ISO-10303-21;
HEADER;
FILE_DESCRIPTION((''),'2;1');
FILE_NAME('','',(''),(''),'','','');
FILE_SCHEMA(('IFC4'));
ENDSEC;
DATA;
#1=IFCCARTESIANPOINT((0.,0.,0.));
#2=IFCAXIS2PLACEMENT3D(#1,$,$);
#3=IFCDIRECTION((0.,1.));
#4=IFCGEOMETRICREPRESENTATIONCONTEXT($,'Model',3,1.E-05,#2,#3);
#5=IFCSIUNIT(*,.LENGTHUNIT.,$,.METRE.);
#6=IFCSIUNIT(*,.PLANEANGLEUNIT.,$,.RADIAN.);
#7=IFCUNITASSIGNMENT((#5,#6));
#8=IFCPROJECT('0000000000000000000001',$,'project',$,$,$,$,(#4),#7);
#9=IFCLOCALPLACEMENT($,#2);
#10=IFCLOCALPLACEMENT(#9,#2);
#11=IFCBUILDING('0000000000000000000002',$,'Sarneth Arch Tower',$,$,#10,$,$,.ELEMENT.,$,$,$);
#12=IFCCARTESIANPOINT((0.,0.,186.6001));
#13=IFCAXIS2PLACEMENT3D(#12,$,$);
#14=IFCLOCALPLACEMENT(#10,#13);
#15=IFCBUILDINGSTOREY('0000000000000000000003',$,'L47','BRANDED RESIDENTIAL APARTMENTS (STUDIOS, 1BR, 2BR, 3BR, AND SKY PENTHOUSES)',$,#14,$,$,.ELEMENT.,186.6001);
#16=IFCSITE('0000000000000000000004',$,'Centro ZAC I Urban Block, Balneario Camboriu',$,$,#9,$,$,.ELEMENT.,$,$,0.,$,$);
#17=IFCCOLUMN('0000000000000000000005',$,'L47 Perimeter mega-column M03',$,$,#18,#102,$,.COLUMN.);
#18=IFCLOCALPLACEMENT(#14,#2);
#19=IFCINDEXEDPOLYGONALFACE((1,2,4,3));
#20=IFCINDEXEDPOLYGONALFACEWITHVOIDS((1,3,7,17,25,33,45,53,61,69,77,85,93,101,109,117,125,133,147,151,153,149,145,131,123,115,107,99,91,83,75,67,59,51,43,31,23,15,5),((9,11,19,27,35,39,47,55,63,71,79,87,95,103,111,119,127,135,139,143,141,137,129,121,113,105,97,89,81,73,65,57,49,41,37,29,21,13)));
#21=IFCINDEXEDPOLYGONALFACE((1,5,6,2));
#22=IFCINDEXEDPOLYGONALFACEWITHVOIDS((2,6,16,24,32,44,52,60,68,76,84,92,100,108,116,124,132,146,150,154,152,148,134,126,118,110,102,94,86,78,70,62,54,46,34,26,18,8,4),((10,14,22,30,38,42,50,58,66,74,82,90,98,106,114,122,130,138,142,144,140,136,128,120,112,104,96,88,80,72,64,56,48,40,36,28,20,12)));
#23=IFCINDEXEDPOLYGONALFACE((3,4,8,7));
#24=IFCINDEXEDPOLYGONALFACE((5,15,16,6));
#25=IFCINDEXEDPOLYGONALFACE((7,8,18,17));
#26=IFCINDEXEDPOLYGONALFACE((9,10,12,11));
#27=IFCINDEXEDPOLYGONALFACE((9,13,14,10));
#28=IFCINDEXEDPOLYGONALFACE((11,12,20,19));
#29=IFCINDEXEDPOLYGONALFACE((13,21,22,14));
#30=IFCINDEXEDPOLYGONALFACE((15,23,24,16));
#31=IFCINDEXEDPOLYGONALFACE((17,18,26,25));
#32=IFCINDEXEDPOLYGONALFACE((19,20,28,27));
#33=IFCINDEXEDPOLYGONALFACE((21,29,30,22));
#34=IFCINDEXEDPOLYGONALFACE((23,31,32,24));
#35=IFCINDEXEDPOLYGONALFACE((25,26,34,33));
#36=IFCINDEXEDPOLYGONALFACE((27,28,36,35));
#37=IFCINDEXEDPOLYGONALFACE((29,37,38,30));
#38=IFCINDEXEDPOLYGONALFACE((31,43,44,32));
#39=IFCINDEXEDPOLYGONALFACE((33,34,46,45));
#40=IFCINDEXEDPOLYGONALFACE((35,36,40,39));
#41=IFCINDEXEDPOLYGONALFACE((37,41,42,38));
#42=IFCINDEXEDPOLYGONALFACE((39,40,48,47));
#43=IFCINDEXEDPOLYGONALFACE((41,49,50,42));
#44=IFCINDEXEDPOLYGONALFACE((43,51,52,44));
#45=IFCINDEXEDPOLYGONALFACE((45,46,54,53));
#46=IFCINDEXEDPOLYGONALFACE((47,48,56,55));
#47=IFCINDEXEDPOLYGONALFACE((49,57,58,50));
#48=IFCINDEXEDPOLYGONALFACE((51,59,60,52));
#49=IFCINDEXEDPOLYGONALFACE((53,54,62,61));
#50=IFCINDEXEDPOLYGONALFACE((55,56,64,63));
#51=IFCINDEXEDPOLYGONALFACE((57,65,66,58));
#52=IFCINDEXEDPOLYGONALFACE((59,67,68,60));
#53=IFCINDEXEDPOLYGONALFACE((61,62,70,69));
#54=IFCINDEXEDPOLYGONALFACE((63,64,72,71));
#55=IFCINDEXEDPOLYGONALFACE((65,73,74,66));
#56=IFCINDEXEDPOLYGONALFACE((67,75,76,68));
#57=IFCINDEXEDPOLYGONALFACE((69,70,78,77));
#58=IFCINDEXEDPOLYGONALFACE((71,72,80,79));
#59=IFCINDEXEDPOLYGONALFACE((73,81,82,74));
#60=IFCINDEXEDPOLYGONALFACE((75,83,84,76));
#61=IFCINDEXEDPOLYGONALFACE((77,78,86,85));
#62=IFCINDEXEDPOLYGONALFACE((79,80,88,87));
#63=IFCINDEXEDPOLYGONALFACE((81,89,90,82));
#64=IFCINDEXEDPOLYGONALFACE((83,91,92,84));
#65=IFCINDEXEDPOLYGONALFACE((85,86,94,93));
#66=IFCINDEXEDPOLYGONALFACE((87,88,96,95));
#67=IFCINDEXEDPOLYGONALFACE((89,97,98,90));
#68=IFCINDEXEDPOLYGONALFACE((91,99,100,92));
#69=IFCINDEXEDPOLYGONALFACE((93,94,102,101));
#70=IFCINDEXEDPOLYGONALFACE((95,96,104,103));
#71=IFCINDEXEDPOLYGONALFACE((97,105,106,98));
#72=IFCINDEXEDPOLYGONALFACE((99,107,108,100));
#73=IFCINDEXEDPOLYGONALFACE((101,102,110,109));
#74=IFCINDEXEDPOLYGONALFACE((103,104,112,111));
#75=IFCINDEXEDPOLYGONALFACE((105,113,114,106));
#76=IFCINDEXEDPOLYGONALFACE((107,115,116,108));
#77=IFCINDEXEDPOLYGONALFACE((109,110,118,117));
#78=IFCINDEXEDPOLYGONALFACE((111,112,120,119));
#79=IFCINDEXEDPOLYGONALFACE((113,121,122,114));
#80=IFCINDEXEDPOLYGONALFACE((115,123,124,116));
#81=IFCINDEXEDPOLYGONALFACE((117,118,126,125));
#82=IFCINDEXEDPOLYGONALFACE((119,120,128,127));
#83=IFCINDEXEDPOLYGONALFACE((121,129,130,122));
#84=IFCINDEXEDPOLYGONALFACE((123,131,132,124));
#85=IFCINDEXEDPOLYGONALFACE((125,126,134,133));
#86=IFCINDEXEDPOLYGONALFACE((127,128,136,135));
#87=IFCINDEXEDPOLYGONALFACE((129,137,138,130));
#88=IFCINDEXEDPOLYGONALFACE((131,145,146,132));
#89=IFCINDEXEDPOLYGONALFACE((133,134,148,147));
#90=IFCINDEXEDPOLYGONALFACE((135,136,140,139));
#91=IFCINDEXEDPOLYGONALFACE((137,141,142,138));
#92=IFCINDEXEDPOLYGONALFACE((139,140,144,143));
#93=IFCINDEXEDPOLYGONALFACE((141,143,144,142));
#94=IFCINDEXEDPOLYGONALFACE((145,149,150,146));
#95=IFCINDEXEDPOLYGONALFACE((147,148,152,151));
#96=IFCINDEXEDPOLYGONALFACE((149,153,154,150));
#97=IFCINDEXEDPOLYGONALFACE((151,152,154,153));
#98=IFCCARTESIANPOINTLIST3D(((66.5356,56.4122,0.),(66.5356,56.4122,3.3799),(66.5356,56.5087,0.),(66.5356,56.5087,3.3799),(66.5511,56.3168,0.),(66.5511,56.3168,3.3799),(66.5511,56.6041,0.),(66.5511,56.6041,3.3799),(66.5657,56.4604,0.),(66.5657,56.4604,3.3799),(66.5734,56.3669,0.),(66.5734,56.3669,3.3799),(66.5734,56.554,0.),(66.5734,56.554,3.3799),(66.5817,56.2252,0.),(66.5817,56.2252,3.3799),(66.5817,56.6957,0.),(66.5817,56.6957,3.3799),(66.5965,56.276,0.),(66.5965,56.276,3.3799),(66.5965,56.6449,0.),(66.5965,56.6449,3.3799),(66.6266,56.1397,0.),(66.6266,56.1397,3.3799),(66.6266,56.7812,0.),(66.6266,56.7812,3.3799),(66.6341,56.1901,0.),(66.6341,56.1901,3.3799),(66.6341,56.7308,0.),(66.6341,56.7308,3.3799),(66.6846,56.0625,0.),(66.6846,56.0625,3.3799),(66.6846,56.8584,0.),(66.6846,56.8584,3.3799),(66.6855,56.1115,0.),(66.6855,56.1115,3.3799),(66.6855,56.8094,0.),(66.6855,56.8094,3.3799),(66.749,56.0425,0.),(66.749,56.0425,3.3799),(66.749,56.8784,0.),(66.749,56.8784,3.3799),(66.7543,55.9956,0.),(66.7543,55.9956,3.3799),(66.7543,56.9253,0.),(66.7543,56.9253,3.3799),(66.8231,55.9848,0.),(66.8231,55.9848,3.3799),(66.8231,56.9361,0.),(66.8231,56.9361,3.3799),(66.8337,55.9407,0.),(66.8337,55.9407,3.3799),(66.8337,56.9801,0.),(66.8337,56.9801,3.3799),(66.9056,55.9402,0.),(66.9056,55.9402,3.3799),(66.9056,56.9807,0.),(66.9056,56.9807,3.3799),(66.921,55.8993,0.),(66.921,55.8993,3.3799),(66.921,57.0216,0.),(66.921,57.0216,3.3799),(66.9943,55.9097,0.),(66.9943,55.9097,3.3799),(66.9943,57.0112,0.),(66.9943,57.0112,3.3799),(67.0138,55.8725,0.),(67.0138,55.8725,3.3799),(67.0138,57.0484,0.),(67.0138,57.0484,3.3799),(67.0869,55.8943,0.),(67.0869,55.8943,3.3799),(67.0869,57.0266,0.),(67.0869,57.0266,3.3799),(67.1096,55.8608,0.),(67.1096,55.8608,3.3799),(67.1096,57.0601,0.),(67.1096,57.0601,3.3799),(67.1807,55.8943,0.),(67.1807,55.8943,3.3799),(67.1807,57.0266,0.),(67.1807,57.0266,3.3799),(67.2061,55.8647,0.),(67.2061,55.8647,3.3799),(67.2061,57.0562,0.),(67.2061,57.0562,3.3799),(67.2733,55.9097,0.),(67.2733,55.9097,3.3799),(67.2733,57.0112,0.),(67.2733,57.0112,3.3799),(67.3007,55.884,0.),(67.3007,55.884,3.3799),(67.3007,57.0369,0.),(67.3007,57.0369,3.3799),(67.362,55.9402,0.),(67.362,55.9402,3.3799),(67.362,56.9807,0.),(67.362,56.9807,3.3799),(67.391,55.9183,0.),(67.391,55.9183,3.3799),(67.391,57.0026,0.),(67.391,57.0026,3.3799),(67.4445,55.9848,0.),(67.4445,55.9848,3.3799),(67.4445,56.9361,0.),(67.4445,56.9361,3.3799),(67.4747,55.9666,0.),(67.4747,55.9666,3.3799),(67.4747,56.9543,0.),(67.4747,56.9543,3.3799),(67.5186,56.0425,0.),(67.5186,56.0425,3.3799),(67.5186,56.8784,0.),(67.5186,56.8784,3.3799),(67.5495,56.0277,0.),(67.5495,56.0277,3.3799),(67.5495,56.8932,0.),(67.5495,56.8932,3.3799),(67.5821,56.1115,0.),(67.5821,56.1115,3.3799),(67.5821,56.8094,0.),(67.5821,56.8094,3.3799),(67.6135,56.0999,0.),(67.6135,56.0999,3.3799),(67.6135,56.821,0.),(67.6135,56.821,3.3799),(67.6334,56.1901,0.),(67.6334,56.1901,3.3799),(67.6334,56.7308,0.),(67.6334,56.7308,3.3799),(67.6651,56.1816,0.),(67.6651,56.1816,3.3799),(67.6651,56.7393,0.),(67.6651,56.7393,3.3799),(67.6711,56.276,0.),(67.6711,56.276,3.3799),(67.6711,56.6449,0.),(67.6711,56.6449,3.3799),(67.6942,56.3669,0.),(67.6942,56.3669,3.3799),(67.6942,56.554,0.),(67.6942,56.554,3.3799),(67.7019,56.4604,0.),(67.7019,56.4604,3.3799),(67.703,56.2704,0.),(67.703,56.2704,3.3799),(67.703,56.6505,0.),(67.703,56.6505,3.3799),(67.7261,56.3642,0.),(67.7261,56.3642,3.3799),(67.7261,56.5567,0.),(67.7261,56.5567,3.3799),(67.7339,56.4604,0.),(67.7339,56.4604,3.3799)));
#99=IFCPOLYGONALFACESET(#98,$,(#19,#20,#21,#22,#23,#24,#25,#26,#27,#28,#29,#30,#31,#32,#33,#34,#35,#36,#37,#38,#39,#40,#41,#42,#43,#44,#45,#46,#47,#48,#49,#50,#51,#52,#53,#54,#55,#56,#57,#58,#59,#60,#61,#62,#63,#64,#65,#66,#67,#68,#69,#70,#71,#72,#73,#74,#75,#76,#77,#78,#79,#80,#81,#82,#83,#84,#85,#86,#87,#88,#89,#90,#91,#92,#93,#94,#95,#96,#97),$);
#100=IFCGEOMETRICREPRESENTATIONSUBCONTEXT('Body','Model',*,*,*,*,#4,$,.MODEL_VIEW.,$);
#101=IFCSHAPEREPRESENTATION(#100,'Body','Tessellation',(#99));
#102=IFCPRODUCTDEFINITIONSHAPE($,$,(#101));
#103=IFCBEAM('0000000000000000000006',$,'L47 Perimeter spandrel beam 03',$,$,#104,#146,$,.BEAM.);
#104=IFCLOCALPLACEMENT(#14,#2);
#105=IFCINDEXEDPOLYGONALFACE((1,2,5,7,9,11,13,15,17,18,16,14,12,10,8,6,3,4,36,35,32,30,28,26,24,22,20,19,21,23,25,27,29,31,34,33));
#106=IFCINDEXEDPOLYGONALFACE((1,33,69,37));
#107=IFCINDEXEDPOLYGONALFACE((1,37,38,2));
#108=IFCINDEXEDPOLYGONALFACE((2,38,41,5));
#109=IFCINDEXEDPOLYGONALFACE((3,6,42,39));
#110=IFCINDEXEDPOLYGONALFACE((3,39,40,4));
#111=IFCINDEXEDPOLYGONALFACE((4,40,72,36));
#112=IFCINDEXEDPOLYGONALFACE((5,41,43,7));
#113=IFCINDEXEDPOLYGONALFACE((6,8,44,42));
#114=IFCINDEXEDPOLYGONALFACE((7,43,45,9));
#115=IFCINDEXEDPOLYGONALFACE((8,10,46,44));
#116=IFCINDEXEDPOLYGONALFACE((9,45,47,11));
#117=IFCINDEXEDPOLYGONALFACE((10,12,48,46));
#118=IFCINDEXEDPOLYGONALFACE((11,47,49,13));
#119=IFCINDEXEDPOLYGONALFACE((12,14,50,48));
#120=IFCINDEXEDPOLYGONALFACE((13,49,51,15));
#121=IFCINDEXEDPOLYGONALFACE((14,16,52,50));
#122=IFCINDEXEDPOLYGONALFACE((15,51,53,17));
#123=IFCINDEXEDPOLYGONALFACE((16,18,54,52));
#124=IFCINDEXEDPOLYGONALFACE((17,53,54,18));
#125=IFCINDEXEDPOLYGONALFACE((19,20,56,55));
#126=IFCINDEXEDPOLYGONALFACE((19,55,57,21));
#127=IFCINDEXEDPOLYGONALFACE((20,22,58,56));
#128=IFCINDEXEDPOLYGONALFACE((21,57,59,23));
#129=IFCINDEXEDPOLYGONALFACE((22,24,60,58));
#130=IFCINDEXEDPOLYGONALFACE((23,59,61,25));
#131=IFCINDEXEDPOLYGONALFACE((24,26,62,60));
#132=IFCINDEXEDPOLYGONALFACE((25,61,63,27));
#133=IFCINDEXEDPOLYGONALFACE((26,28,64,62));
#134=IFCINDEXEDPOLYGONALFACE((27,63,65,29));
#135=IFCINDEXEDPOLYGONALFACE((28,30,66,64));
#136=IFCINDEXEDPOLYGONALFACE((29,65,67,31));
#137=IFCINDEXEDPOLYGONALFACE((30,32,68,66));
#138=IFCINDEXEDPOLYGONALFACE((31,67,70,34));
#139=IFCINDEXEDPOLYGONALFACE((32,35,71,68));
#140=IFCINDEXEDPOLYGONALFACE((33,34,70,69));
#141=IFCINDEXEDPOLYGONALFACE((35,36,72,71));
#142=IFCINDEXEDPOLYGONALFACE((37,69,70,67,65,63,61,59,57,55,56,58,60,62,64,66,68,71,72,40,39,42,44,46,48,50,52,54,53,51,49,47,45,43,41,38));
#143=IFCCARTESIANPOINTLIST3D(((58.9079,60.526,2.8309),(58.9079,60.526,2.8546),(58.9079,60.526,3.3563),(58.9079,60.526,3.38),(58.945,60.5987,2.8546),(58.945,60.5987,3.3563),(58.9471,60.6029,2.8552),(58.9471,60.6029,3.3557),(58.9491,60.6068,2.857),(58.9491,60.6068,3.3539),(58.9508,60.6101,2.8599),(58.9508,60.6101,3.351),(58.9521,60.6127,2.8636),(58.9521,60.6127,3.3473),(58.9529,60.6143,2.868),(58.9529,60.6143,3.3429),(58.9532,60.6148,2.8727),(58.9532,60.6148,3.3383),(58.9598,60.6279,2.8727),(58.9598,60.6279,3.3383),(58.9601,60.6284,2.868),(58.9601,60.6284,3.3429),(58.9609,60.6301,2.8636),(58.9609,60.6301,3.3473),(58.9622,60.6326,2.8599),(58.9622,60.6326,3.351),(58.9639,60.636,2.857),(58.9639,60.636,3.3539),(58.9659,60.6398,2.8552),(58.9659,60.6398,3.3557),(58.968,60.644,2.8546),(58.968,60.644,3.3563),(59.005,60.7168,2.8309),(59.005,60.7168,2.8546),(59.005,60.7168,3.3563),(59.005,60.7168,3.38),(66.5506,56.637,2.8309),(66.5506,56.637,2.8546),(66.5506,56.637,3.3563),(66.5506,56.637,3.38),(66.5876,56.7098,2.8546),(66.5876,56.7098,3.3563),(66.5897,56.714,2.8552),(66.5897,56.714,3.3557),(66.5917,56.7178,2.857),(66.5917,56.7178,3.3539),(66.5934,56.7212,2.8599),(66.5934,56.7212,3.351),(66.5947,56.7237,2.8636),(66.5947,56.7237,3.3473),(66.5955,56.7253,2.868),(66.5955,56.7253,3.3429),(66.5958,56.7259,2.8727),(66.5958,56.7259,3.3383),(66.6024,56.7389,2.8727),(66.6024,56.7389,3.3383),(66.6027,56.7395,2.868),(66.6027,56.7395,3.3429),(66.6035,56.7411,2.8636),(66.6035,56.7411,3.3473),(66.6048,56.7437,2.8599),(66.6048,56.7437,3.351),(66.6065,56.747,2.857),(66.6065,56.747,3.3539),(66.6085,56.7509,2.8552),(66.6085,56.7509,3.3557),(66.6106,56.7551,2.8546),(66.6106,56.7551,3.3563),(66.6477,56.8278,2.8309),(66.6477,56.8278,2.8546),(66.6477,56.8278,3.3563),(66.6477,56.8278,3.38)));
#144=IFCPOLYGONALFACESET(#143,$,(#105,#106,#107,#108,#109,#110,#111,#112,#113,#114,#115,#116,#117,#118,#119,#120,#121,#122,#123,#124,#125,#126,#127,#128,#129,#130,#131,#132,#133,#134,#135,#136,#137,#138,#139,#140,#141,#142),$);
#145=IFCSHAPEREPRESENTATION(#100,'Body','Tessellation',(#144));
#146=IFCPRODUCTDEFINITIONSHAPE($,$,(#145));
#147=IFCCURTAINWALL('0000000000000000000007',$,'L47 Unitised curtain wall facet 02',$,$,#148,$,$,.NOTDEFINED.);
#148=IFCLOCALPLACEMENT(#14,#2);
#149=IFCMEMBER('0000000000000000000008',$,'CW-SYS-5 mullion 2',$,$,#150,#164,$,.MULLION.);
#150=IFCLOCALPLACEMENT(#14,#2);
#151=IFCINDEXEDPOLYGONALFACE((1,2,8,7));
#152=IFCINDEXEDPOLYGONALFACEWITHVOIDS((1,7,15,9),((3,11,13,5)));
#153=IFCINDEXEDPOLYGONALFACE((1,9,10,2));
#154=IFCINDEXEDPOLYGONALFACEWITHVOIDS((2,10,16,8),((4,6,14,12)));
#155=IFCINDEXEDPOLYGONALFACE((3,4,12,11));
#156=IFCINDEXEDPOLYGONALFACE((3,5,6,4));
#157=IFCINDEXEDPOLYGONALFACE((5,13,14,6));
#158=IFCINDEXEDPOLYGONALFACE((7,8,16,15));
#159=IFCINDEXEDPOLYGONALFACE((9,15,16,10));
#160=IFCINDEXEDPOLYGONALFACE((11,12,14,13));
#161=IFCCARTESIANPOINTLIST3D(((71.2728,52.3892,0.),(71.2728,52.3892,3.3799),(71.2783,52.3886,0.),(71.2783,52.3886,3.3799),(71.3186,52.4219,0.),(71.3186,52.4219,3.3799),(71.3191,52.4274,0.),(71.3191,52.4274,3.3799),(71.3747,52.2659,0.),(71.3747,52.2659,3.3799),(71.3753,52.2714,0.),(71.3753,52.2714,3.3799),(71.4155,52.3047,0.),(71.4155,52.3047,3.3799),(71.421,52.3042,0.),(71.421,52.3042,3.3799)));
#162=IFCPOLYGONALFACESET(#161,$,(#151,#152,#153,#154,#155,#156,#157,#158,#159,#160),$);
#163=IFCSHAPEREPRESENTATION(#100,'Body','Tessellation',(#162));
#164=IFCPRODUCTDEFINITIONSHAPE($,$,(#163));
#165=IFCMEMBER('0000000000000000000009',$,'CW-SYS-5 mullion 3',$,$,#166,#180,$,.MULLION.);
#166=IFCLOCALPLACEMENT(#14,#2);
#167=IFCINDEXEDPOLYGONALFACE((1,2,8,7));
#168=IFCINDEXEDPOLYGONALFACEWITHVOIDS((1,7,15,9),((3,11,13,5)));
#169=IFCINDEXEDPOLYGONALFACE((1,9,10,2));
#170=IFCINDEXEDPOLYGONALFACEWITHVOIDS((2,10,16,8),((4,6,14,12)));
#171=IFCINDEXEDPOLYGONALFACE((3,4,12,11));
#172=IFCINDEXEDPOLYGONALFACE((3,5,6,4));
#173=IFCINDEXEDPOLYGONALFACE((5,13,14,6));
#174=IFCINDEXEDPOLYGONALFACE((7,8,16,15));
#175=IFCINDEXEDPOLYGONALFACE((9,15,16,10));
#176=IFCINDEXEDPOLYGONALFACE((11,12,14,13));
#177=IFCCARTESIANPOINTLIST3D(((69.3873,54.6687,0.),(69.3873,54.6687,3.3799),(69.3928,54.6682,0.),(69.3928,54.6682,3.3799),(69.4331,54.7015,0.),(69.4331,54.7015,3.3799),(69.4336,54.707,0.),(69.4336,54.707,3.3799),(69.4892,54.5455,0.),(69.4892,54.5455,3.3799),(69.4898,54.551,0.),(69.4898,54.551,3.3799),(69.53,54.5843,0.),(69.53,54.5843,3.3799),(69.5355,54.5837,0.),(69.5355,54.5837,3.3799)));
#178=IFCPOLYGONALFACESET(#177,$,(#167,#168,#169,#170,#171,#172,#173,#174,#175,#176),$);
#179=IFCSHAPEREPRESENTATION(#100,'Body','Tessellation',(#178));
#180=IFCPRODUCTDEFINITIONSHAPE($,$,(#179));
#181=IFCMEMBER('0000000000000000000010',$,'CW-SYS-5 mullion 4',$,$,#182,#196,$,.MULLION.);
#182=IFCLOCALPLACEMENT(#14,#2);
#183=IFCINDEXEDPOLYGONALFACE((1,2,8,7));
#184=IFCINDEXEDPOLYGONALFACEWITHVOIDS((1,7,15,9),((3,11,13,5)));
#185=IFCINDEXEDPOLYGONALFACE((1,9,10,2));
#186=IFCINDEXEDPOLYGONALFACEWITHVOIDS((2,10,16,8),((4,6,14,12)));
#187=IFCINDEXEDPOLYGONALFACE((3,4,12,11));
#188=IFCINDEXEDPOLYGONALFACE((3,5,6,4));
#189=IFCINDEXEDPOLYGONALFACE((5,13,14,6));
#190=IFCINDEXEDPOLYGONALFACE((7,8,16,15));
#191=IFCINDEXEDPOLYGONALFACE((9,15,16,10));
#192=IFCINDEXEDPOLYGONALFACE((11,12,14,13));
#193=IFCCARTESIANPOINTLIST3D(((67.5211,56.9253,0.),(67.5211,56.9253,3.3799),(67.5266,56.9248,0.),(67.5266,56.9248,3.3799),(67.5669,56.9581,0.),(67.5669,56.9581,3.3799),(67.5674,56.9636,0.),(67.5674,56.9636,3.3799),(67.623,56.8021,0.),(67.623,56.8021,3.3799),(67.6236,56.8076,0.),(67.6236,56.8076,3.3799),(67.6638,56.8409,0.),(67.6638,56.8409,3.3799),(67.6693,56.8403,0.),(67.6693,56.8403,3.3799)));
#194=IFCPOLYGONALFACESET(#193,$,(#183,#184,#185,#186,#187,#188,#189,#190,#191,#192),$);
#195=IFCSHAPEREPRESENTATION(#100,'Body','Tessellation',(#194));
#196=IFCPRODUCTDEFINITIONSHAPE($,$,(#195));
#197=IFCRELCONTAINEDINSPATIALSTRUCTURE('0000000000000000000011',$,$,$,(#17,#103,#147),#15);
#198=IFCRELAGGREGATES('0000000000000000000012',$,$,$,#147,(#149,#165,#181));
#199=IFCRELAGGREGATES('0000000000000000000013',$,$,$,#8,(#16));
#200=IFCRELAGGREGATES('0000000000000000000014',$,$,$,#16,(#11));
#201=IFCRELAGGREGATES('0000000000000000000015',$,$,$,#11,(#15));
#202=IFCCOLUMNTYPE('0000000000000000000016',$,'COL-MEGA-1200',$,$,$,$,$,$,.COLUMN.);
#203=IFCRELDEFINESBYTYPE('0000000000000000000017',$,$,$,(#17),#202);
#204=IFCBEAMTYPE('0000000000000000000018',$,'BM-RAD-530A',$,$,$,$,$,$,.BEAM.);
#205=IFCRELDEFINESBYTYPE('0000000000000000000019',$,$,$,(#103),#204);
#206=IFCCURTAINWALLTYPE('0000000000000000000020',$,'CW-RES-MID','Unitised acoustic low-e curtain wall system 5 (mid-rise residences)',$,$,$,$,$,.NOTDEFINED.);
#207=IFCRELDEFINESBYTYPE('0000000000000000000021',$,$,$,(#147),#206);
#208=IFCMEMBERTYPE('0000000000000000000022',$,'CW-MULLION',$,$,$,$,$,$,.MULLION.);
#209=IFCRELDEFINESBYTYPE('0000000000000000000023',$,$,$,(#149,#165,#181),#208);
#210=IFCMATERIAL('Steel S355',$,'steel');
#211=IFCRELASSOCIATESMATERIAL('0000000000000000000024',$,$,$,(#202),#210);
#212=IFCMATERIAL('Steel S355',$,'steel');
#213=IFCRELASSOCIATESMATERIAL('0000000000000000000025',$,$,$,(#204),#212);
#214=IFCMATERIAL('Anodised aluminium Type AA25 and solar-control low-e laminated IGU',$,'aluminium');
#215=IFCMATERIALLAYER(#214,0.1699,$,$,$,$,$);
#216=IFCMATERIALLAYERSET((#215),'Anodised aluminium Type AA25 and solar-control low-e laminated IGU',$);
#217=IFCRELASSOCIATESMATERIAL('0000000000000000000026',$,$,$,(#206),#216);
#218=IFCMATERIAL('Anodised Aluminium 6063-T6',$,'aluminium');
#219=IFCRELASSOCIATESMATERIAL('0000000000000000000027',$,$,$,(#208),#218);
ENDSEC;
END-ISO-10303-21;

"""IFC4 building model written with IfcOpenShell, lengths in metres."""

from ifc_helpers import new_model, si_unit, direction, frame, origin, origin_2d, place, context, subcontext, project, spatial, hollow_rectangle, hollow_circle, i_section, extrude, material, layer, layer_set, material_profile, profile_set, type_object, element, aggregate, save


model = new_model("IFC4")

# Units and contexts
model_context = context("Model", 3, precision=1e-05, world=origin(), true_north=direction((0.0, 1.0)))
body_context = subcontext(model_context, "Body", "Model", "MODEL_VIEW")
ifc_project = project(units=[si_unit("LENGTHUNIT", "METRE"), si_unit("PLANEANGLEUNIT", "RADIAN")], contexts=[model_context])

# Site, building, storey
site_placement = place(None, origin())
site = spatial("IfcSite", under=ifc_project, at=site_placement, Name="Centro ZAC I Urban Block, Balneario Camboriu", CompositionType="ELEMENT", RefElevation=0.0)
building_placement = place(site_placement, origin())
building = spatial("IfcBuilding", under=site, at=building_placement, Name="Sarneth Arch Tower", CompositionType="ELEMENT")
storey_placement = place(building_placement, frame((0.0, 0.0, 186.6001)))
storey = spatial("IfcBuildingStorey", under=building, at=storey_placement, Name="L47", Description="BRANDED RESIDENTIAL APARTMENTS (STUDIOS, 1BR, 2BR, 3BR, AND SKY PENTHOUSES)", CompositionType="ELEMENT", Elevation=186.6001)

# Column
ifc_material_1 = material(Name="Steel S355", Category="steel")
ifc_material_profile_1 = material_profile(ifc_material_1, hollow_circle(Radius=0.6001, WallThickness=0.032, at=origin_2d()), Name="CHS1200x32")
ifc_profile_set_1 = profile_set([ifc_material_profile_1], Name="Steel S355")
column_type = type_object("IfcColumnType", Name="COL-MEGA-1200", PredefinedType="COLUMN", material=ifc_profile_set_1)
column_placement = place(storey_placement, frame((67.1338, 56.4604, 0.0), z_axis=(0.0, 0.0, 1.0), x_axis=(1.0, 0.0, 0.0)))
element("IfcColumn", 1, at=column_placement, inside=storey, type_object=column_type, Name="L47 Perimeter mega-column M03", PredefinedType="COLUMN", context=body_context, shape_type="SweptSolid", body=[
    extrude(hollow_circle(Radius=0.6001, WallThickness=0.032, at=origin_2d()), origin(), (0.0, 0.0, 1.0), 3.3799),
])

# Beam
ifc_material_2 = material(Name="Steel S355", Category="steel")
ifc_material_profile_2 = material_profile(ifc_material_2, i_section(OverallWidth=0.2141, OverallDepth=0.5491, WebThickness=0.0146, FlangeThickness=0.0237, FilletRadius=0.0181, at=origin_2d()), Name="W530x138")
ifc_profile_set_2 = profile_set([ifc_material_profile_2], Name="Steel S355")
beam_type = type_object("IfcBeamType", Name="BM-RAD-530A", PredefinedType="BEAM", material=ifc_profile_set_2)
beam_placement = place(storey_placement, frame((66.5991, 56.7324, 3.1055), z_axis=(-0.89125, 0.453512, 0.0), x_axis=(-0.453512, -0.89125, 0.0)))
element("IfcBeam", 2, at=beam_placement, inside=storey, type_object=beam_type, Name="L47 Perimeter spandrel beam 03", PredefinedType="BEAM", context=body_context, shape_type="SweptSolid", body=[
    extrude(i_section(OverallWidth=0.2141, OverallDepth=0.5491, WebThickness=0.0146, FlangeThickness=0.0237, FilletRadius=0.0181, at=origin_2d()), origin(), (0.0, 0.0, 1.0), 8.5752),
])

# Curtain wall, members
ifc_material_3 = material(Name="Anodised aluminium Type AA25 and solar-control low-e laminated IGU", Category="aluminium")
ifc_layer_1 = layer(ifc_material_3, 0.1699)
ifc_layer_set_1 = layer_set([ifc_layer_1], Name="Anodised aluminium Type AA25 and solar-control low-e laminated IGU")
curtain_wall_type = type_object("IfcCurtainWallType", Name="CW-RES-MID", Description="Unitised acoustic low-e curtain wall system 5 (mid-rise residences)", PredefinedType="NOTDEFINED", material=ifc_layer_set_1)
curtain_wall_placement = place(storey_placement, origin())
curtain_wall = element("IfcCurtainWall", 3, at=curtain_wall_placement, inside=storey, type_object=curtain_wall_type, Name="L47 Unitised curtain wall facet 02", PredefinedType="NOTDEFINED")
ifc_material_4 = material(Name="Anodised Aluminium 6063-T6", Category="aluminium")
ifc_material_profile_3 = material_profile(ifc_material_4, hollow_rectangle(XDim=0.0601, YDim=0.1599, WallThickness=0.0039, at=origin_2d()), Name="AL-MULL-160x60x4")
ifc_profile_set_3 = profile_set([ifc_material_profile_3], Name="Anodised Aluminium 6063-T6")
member_type_1 = type_object("IfcMemberType", Name="CW-MULLION", PredefinedType="MULLION", material=ifc_profile_set_3)
member_1_placement = place(storey_placement, frame((71.3469, 52.3467, 0.0), z_axis=(0.0, 0.0, 1.0), x_axis=(-0.770591, -0.63733, 0.0)))
member_1 = element("IfcMember", 4, at=member_1_placement, type_object=member_type_1, Name="CW-SYS-5 mullion 2", PredefinedType="MULLION", context=body_context, shape_type="SweptSolid", body=[
    extrude(hollow_rectangle(XDim=0.0601, YDim=0.1599, WallThickness=0.0039, at=origin_2d()), origin(), (0.0, 0.0, 1.0), 3.3799),
])
member_2_placement = place(storey_placement, frame((69.4614, 54.6262, 0.0), z_axis=(0.0, 0.0, 1.0), x_axis=(-0.770591, -0.63733, 0.0)))
member_2 = element("IfcMember", 5, at=member_2_placement, type_object=member_type_1, Name="CW-SYS-5 mullion 3", PredefinedType="MULLION", context=body_context, shape_type="SweptSolid", body=[
    extrude(hollow_rectangle(XDim=0.0601, YDim=0.1599, WallThickness=0.0039, at=origin_2d()), origin(), (0.0, 0.0, 1.0), 3.3799),
])
member_3_placement = place(storey_placement, frame((67.5952, 56.8828, 0.0), z_axis=(0.0, 0.0, 1.0), x_axis=(-0.770591, -0.63733, 0.0)))
member_3 = element("IfcMember", 6, at=member_3_placement, type_object=member_type_1, Name="CW-SYS-5 mullion 4", PredefinedType="MULLION", context=body_context, shape_type="SweptSolid", body=[
    extrude(hollow_rectangle(XDim=0.0601, YDim=0.1599, WallThickness=0.0039, at=origin_2d()), origin(), (0.0, 0.0, 1.0), 3.3799),
])

aggregate(curtain_wall, [member_1, member_2, member_3])

save(model, "model.ifc")
